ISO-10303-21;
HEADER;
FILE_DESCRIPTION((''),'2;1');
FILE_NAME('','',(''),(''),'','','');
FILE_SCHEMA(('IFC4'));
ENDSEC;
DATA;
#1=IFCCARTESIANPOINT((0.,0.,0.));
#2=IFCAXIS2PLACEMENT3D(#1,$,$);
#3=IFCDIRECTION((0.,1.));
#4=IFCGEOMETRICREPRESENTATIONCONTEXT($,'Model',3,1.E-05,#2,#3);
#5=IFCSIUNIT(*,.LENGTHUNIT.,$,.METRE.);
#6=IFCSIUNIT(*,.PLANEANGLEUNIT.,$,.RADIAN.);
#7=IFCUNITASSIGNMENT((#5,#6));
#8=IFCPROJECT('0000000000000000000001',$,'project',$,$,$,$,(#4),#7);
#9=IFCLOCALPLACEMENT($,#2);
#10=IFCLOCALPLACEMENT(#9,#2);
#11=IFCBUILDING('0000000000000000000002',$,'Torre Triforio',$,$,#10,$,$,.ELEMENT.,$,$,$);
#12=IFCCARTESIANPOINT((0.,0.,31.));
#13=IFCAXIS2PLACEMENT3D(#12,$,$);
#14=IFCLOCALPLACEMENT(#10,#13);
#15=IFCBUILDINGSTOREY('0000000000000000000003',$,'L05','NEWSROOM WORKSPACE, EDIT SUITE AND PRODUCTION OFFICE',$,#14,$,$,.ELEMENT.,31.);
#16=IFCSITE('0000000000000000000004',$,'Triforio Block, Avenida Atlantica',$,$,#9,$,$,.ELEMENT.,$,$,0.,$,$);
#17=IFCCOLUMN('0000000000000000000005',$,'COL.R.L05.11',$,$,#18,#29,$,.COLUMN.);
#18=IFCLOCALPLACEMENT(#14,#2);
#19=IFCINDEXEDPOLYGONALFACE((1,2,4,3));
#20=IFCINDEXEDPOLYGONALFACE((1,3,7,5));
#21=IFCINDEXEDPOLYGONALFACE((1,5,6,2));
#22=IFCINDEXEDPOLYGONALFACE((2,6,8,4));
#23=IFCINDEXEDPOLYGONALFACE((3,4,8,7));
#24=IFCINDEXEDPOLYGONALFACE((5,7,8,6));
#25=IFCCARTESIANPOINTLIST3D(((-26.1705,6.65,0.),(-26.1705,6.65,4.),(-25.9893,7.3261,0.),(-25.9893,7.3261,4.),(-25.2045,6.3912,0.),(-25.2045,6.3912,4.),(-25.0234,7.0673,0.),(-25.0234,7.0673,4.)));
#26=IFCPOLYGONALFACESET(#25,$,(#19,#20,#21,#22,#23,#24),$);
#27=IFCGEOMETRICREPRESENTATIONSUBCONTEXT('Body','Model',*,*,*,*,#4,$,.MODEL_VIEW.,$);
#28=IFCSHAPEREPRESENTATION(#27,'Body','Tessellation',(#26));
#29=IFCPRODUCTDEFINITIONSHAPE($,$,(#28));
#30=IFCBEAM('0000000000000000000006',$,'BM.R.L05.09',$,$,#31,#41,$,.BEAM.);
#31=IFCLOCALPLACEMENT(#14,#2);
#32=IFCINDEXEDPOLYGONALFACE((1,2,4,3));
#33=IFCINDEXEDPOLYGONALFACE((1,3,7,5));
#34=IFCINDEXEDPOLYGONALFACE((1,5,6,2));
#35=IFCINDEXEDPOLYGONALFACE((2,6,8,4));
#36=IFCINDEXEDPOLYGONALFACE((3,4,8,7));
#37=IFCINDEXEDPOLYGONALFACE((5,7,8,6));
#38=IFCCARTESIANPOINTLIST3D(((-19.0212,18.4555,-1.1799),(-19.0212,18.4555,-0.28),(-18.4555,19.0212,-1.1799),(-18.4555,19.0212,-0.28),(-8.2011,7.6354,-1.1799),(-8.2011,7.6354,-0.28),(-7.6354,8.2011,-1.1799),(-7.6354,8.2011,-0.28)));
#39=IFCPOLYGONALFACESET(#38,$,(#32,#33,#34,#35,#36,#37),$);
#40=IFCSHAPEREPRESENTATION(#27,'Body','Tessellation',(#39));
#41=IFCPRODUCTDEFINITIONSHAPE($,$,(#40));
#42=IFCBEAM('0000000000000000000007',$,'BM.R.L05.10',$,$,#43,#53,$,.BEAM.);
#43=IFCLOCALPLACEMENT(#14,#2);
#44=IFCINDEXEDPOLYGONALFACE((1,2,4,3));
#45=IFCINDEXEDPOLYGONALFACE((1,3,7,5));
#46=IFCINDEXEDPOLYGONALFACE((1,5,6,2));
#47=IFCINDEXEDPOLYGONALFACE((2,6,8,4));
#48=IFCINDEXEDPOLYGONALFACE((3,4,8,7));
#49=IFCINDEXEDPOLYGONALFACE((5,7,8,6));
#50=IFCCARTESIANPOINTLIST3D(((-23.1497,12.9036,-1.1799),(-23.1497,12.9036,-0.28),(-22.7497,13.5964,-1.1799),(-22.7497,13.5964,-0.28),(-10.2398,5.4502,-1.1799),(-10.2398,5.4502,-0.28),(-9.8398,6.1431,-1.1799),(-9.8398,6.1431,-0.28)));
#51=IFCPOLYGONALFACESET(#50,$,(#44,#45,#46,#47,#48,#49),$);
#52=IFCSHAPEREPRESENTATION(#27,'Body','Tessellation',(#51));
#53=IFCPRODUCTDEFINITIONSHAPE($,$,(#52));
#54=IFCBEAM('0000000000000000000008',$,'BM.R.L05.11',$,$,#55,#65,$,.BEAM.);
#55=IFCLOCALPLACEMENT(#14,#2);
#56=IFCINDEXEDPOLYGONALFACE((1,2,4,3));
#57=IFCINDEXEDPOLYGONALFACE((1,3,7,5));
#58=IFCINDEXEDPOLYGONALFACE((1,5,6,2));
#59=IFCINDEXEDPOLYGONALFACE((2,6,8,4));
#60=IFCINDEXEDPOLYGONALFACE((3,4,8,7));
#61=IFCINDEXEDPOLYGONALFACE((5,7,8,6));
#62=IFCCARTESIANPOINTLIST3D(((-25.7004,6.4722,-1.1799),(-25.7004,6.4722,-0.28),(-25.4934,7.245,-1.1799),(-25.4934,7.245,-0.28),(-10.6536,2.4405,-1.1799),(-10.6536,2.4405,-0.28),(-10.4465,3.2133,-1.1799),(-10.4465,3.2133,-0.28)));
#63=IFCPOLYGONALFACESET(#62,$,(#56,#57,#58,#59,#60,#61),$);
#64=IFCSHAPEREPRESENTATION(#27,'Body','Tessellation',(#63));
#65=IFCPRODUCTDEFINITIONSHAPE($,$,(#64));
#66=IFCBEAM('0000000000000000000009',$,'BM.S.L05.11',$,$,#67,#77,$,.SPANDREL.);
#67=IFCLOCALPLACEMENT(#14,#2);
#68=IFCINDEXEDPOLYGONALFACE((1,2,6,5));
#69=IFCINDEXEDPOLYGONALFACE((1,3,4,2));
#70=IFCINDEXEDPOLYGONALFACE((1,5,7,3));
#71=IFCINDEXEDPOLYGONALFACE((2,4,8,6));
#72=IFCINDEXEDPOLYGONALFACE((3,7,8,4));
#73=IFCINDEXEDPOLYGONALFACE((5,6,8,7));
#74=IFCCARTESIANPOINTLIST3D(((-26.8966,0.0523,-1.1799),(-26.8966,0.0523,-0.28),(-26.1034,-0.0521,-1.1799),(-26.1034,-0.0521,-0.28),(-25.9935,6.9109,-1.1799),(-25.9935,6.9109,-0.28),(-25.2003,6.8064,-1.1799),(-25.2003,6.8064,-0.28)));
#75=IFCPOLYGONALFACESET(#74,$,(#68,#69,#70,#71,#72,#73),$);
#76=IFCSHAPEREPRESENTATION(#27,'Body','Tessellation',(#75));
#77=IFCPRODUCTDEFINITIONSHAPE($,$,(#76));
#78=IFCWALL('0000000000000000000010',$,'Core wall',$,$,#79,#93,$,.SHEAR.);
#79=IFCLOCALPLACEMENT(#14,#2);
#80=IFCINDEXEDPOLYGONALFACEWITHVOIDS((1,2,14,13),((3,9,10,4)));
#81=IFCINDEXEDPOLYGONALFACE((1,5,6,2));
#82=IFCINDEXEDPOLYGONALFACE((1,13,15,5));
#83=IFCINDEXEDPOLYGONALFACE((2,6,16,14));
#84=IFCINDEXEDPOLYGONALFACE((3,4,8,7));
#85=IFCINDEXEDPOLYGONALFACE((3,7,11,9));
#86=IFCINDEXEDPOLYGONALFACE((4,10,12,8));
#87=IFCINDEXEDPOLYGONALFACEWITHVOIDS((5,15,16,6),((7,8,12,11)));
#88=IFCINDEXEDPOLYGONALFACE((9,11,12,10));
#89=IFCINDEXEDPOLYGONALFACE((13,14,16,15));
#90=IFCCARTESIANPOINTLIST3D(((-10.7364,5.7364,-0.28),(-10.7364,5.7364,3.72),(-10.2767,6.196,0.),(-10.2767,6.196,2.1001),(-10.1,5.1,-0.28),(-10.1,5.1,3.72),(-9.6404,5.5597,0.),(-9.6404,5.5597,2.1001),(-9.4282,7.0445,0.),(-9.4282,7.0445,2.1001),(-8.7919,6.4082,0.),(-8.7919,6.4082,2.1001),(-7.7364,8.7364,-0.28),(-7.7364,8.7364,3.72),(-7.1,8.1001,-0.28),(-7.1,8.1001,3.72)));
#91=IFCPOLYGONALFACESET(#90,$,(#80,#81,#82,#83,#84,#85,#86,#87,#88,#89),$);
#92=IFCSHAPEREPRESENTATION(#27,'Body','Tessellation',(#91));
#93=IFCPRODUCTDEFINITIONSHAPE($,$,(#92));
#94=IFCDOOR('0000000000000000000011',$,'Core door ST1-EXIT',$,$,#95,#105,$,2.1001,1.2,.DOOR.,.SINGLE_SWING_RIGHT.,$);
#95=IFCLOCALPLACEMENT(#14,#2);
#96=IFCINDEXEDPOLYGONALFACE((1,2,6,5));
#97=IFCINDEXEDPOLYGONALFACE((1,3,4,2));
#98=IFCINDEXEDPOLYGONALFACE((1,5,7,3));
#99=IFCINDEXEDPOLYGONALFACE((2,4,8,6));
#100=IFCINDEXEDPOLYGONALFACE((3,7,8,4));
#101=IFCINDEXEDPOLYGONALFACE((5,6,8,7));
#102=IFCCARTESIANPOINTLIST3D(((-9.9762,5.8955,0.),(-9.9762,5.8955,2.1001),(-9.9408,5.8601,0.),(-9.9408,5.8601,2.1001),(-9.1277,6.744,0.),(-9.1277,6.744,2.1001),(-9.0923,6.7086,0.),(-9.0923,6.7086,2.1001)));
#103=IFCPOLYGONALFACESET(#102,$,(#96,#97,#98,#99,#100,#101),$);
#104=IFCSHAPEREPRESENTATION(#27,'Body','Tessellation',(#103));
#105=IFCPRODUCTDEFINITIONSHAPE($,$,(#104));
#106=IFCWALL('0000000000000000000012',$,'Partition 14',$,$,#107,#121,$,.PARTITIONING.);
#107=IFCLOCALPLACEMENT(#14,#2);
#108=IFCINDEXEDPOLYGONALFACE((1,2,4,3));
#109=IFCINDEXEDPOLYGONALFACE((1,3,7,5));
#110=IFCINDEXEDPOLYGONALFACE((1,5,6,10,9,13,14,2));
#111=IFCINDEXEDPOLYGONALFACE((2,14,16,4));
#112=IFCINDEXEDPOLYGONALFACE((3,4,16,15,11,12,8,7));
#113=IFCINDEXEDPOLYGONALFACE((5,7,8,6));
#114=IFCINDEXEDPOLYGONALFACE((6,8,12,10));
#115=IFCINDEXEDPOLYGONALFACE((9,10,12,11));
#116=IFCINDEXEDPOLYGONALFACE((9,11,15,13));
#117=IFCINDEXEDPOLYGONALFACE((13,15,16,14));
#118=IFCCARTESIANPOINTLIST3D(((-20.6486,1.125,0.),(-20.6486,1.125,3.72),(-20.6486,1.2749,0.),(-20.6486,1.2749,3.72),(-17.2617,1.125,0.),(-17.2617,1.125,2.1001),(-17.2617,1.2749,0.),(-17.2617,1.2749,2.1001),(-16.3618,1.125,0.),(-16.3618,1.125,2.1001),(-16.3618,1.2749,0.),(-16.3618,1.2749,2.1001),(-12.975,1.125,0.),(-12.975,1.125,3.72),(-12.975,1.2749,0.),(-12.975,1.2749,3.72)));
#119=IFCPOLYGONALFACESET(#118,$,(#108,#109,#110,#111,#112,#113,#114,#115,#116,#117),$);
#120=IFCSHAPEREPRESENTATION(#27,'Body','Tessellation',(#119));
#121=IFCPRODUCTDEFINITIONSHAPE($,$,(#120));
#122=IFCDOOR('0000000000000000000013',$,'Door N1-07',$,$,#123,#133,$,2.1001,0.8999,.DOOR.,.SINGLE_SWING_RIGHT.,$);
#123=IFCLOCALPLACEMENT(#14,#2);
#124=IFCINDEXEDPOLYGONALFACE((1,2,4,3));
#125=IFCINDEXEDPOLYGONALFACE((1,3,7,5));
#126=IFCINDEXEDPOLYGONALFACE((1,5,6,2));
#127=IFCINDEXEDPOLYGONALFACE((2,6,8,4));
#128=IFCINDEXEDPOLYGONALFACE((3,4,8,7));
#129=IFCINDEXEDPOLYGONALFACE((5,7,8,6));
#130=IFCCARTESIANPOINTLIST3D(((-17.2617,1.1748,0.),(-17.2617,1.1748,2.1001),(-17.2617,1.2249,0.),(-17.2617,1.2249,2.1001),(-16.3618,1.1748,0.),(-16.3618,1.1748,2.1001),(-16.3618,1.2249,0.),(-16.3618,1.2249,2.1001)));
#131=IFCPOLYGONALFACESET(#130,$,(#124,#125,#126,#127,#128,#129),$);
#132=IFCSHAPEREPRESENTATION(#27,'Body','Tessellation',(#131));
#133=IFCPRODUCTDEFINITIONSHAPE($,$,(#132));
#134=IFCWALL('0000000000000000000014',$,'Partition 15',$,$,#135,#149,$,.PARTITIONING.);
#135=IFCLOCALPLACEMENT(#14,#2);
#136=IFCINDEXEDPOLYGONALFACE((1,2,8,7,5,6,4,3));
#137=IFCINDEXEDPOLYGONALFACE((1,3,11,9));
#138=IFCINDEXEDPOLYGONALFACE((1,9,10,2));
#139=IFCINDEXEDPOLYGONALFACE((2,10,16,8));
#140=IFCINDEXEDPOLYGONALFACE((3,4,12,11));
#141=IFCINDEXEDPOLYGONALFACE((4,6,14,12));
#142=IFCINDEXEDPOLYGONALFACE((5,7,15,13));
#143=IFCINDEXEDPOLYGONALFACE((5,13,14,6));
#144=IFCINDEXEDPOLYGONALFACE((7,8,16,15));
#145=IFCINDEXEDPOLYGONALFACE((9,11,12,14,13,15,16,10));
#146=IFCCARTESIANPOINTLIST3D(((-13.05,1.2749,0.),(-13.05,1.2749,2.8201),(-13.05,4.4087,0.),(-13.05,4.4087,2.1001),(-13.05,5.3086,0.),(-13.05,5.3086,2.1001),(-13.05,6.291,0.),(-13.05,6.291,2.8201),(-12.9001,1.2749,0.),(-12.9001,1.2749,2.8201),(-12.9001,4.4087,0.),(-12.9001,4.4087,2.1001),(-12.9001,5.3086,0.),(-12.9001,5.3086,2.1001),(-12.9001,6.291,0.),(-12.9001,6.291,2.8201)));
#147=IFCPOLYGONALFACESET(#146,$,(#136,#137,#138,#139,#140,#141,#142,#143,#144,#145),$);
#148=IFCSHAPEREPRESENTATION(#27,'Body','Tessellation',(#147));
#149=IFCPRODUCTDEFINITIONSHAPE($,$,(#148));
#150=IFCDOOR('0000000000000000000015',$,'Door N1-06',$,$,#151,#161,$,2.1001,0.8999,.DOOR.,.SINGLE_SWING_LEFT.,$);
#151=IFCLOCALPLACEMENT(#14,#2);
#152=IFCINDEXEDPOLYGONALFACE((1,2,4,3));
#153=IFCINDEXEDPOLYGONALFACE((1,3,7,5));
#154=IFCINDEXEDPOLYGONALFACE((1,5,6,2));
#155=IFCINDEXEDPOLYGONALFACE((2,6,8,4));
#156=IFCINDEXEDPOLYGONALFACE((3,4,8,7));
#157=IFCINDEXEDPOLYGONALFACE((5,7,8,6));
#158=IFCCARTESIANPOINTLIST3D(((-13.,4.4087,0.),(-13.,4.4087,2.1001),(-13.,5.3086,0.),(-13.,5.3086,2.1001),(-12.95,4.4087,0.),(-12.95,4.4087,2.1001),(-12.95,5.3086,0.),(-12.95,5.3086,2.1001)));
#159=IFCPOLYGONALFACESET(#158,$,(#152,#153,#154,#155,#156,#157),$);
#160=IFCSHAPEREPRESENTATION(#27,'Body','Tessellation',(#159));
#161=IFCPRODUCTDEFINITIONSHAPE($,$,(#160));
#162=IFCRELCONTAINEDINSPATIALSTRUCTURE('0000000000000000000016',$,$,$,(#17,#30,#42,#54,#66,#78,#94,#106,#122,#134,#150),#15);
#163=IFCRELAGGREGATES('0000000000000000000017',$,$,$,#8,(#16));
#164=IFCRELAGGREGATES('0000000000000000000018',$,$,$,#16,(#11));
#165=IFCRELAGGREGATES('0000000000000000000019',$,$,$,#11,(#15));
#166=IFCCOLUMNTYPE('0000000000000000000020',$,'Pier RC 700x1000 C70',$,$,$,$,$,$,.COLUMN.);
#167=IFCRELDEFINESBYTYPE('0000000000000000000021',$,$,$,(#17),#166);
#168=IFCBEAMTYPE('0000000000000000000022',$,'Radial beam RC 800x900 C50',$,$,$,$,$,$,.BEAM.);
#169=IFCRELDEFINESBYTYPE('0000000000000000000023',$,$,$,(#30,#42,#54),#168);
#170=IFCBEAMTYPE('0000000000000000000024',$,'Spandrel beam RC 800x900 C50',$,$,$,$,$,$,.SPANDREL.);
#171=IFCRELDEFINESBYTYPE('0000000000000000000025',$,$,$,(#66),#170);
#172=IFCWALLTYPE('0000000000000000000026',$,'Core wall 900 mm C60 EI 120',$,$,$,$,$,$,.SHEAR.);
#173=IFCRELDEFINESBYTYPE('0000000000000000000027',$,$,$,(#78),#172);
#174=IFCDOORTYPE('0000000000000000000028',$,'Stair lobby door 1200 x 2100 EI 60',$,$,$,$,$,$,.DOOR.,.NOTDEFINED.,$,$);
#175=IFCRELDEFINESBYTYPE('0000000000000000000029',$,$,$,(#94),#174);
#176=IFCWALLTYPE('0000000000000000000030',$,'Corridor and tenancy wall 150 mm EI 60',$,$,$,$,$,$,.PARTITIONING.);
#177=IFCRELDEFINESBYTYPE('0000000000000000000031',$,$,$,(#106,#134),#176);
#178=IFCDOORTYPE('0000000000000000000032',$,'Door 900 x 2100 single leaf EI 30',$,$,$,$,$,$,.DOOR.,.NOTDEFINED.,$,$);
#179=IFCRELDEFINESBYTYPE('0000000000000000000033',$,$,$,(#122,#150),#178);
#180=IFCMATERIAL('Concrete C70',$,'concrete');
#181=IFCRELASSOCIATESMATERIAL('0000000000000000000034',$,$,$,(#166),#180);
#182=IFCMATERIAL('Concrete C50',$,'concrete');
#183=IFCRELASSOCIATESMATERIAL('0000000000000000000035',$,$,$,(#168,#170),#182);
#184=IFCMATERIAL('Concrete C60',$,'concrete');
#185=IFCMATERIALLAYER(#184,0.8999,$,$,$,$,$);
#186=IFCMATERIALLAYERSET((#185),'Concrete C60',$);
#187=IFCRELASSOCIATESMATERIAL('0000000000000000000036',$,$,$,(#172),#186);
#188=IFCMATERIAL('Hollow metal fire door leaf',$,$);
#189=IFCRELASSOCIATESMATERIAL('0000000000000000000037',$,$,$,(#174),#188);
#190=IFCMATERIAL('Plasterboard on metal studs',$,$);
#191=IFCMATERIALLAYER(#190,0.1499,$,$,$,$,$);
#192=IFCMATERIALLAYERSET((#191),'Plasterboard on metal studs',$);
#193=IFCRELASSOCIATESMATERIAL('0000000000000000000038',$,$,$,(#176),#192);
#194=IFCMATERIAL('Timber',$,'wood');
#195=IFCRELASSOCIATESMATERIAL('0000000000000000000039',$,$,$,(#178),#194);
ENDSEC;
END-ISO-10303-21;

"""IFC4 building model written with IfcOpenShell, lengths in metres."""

from ifc_helpers import new_model, si_unit, direction, frame, frame_2d, origin, origin_2d, place, context, subcontext, project, spatial, rectangle, extrude, material, layer, layer_set, material_profile, profile_set, type_object, element, fill, save


model = new_model("IFC4")

# Units and contexts
model_context = context("Model", 3, precision=1e-05, world=origin(), true_north=direction((0.0, 1.0)))
body_context = subcontext(model_context, "Body", "Model", "MODEL_VIEW")
ifc_project = project(units=[si_unit("LENGTHUNIT", "METRE"), si_unit("PLANEANGLEUNIT", "RADIAN")], contexts=[model_context])

# Site, building, storey
site_placement = place(None, origin())
site = spatial("IfcSite", under=ifc_project, at=site_placement, Name="Triforio Block, Avenida Atlantica", CompositionType="ELEMENT", RefElevation=0.0)
building_placement = place(site_placement, origin())
building = spatial("IfcBuilding", under=site, at=building_placement, Name="Torre Triforio", CompositionType="ELEMENT")
storey_placement = place(building_placement, frame((0.0, 0.0, 31.0)))
storey = spatial("IfcBuildingStorey", under=building, at=storey_placement, Name="L05", Description="NEWSROOM WORKSPACE, EDIT SUITE AND PRODUCTION OFFICE", CompositionType="ELEMENT", Elevation=31.0)

# Column
ifc_material_1 = material(Name="Concrete C70", Category="concrete")
ifc_material_profile_1 = material_profile(ifc_material_1, rectangle(XDim=0.7, YDim=1.0, at=origin_2d()), Name="RC 700x1000")
ifc_profile_set_1 = profile_set([ifc_material_profile_1], Name="Concrete C70")
column_type = type_object("IfcColumnType", Name="Pier RC 700x1000 C70", PredefinedType="COLUMN", material=ifc_profile_set_1)
column_placement = place(storey_placement, frame((-25.5969, 6.8586, 0.0), z_axis=(0.0, 0.0, 1.0), x_axis=(-0.258819, -0.965926, 0.0)))
element("IfcColumn", 1, at=column_placement, inside=storey, type_object=column_type, Name="COL.R.L05.11", PredefinedType="COLUMN", context=body_context, shape_type="SweptSolid", body=[
    extrude(rectangle(XDim=0.7, YDim=1.0, at=origin_2d()), origin(), (0.0, 0.0, 1.0), 4.0),
])

# Beams
ifc_material_2 = material(Name="Concrete C50", Category="concrete")
ifc_material_profile_2 = material_profile(ifc_material_2, rectangle(XDim=0.8, YDim=0.8999, at=origin_2d()), Name="RC 800x900")
ifc_profile_set_2 = profile_set([ifc_material_profile_2], Name="Concrete C50")
beam_type_1 = type_object("IfcBeamType", Name="Radial beam RC 800x900 C50", PredefinedType="BEAM", material=ifc_profile_set_2)
beam_1_placement = place(storey_placement, frame((-7.9182, 7.9182, -0.73), z_axis=(-0.707107, 0.707107, 0.0), x_axis=(-0.707107, -0.707107, 0.0)))
element("IfcBeam", 2, at=beam_1_placement, inside=storey, type_object=beam_type_1, Name="BM.R.L05.09", PredefinedType="BEAM", context=body_context, shape_type="SweptSolid", body=[
    extrude(rectangle(XDim=0.8, YDim=0.8999, at=origin_2d()), origin(), (0.0, 0.0, 1.0), 15.302),
])
beam_2_placement = place(storey_placement, frame((-10.0398, 5.7966, -0.73), z_axis=(-0.86603, 0.499991, 0.0), x_axis=(-0.499991, -0.86603, 0.0)))
element("IfcBeam", 3, at=beam_2_placement, inside=storey, type_object=beam_type_1, Name="BM.R.L05.10", PredefinedType="BEAM", context=body_context, shape_type="SweptSolid", body=[
    extrude(rectangle(XDim=0.8, YDim=0.8999, at=origin_2d()), origin(), (0.0, 0.0, 1.0), 14.907),
])
beam_3_placement = place(storey_placement, frame((-10.55, 2.8269, -0.73), z_axis=(-0.965927, 0.258815, 0.0), x_axis=(-0.258815, -0.965927, 0.0)))
element("IfcBeam", 4, at=beam_3_placement, inside=storey, type_object=beam_type_1, Name="BM.R.L05.11", PredefinedType="BEAM", context=body_context, shape_type="SweptSolid", body=[
    extrude(rectangle(XDim=0.8, YDim=0.8999, at=origin_2d()), origin(), (0.0, 0.0, 1.0), 15.5776),
])
ifc_material_profile_3 = material_profile(ifc_material_2, rectangle(XDim=0.8, YDim=0.8999, at=origin_2d()), Name="RC 800x900")
ifc_profile_set_3 = profile_set([ifc_material_profile_3], Name="Concrete C50")
beam_type_2 = type_object("IfcBeamType", Name="Spandrel beam RC 800x900 C50", PredefinedType="SPANDREL", material=ifc_profile_set_3)
beam_4_placement = place(storey_placement, frame((-25.5969, 6.8586, -0.73), z_axis=(-0.130543, -0.991443, 0.0), x_axis=(0.991443, -0.130543, 0.0)))
element("IfcBeam", 5, at=beam_4_placement, inside=storey, type_object=beam_type_2, Name="BM.S.L05.11", PredefinedType="SPANDREL", context=body_context, shape_type="SweptSolid", body=[
    extrude(rectangle(XDim=0.8, YDim=0.8999, at=origin_2d()), origin(), (0.0, 0.0, 1.0), 6.9177),
])

# Walls, openings, doors
ifc_material_3 = material(Name="Concrete C60", Category="concrete")
ifc_layer_1 = layer(ifc_material_3, 0.8999)
ifc_layer_set_1 = layer_set([ifc_layer_1], Name="Concrete C60")
wall_type_1 = type_object("IfcWallType", Name="Core wall 900 mm C60 EI 120", PredefinedType="SHEAR", material=ifc_layer_set_1)
wall_1_placement = place(storey_placement, frame((-10.4182, 5.4182, -0.28), z_axis=(0.0, 0.0, 1.0), x_axis=(0.707107, 0.707107, 0.0)))
wall_1 = element("IfcWall", 6, at=wall_1_placement, inside=storey, type_object=wall_type_1, Name="Core wall", PredefinedType="SHEAR", context=body_context, shape_type="SweptSolid", body=[
    extrude(rectangle(XDim=4.2427, YDim=0.8999, at=frame_2d((2.1213, 0.0))), origin(), (0.0, 0.0, 1.0), 4.0),
])
opening_1_placement = place(wall_1_placement, frame((0.6499, 0.0, 0.28)))
opening_1 = element("IfcOpeningElement", 7, at=opening_1_placement, cuts=wall_1, PredefinedType="OPENING", context=body_context, shape_type="SweptSolid", body=[
    extrude(rectangle(XDim=1.2, YDim=2.1001, at=frame_2d((0.6001, 1.05))), frame((0.0, 0.46, 0.0), z_axis=(0.0, -1.0, 0.0), x_axis=(1.0, 0.0, 0.0)), (0.0, 0.0, 1.0), 0.9199),
])
ifc_material_4 = material(Name="Hollow metal fire door leaf")
door_type_1 = type_object("IfcDoorType", Name="Stair lobby door 1200 x 2100 EI 60", OperationType="NOTDEFINED", PredefinedType="DOOR", material=ifc_material_4)
door_1_placement = place(opening_1_placement, origin())
door_1 = element("IfcDoor", 8, at=door_1_placement, inside=storey, type_object=door_type_1, Name="Core door ST1-EXIT", OperationType="SINGLE_SWING_RIGHT", OverallHeight=2.1001, OverallWidth=1.2, PredefinedType="DOOR", context=body_context, shape_type="SweptSolid", body=[
    extrude(rectangle(XDim=1.2, YDim=2.1001, at=frame_2d((0.6001, 1.05))), frame((0.0, 0.0249, 0.0), z_axis=(0.0, -1.0, 0.0), x_axis=(1.0, 0.0, 0.0)), (0.0, 0.0, 1.0), 0.05),
])
fill(opening_1, door_1)
ifc_material_5 = material(Name="Plasterboard on metal studs")
ifc_layer_2 = layer(ifc_material_5, 0.1499)
ifc_layer_set_2 = layer_set([ifc_layer_2], Name="Plasterboard on metal studs")
wall_type_2 = type_object("IfcWallType", Name="Corridor and tenancy wall 150 mm EI 60", PredefinedType="PARTITIONING", material=ifc_layer_set_2)
wall_2_placement = place(storey_placement, frame((-20.6487, 1.2, 0.0), z_axis=(0.0, 0.0, 1.0), x_axis=(1.0, 0.0, 0.0)))
wall_2 = element("IfcWall", 9, at=wall_2_placement, inside=storey, type_object=wall_type_2, Name="Partition 14", PredefinedType="PARTITIONING", context=body_context, shape_type="SweptSolid", body=[
    extrude(rectangle(XDim=7.6736, YDim=0.1499, at=frame_2d((3.8369, 0.0))), origin(), (0.0, 0.0, 1.0), 3.72),
])
opening_2_placement = place(wall_2_placement, frame((3.387, 0.0, 0.0)))
opening_2 = element("IfcOpeningElement", 10, at=opening_2_placement, cuts=wall_2, PredefinedType="OPENING", context=body_context, shape_type="SweptSolid", body=[
    extrude(rectangle(XDim=0.8999, YDim=2.1001, at=frame_2d((0.45, 1.05))), frame((0.0, 0.085, 0.0), z_axis=(0.0, -1.0, 0.0), x_axis=(1.0, 0.0, 0.0)), (0.0, 0.0, 1.0), 0.1699),
])
ifc_material_6 = material(Name="Timber", Category="wood")
door_type_2 = type_object("IfcDoorType", Name="Door 900 x 2100 single leaf EI 30", OperationType="NOTDEFINED", PredefinedType="DOOR", material=ifc_material_6)
door_2_placement = place(opening_2_placement, origin())
door_2 = element("IfcDoor", 11, at=door_2_placement, inside=storey, type_object=door_type_2, Name="Door N1-07", OperationType="SINGLE_SWING_RIGHT", OverallHeight=2.1001, OverallWidth=0.8999, PredefinedType="DOOR", context=body_context, shape_type="SweptSolid", body=[
    extrude(rectangle(XDim=0.8999, YDim=2.1001, at=frame_2d((0.45, 1.05))), frame((0.0, 0.0249, 0.0), z_axis=(0.0, -1.0, 0.0), x_axis=(1.0, 0.0, 0.0)), (0.0, 0.0, 1.0), 0.05),
])
fill(opening_2, door_2)
wall_3_placement = place(storey_placement, frame((-12.9751, 1.2749, 0.0), z_axis=(0.0, 0.0, 1.0), x_axis=(0.0, 1.0, 0.0)))
wall_3 = element("IfcWall", 12, at=wall_3_placement, inside=storey, type_object=wall_type_2, Name="Partition 15", PredefinedType="PARTITIONING", context=body_context, shape_type="SweptSolid", body=[
    extrude(rectangle(XDim=5.0161, YDim=0.1499, at=frame_2d((2.5081, 0.0))), origin(), (0.0, 0.0, 1.0), 2.8201),
])
opening_3_placement = place(wall_3_placement, frame((3.1338, 0.0, 0.0)))
opening_3 = element("IfcOpeningElement", 13, at=opening_3_placement, cuts=wall_3, PredefinedType="OPENING", context=body_context, shape_type="SweptSolid", body=[
    extrude(rectangle(XDim=0.8999, YDim=2.1001, at=frame_2d((0.45, 1.05))), frame((0.0, 0.085, 0.0), z_axis=(0.0, -1.0, 0.0), x_axis=(1.0, 0.0, 0.0)), (0.0, 0.0, 1.0), 0.1699),
])
door_3_placement = place(opening_3_placement, origin())
door_3 = element("IfcDoor", 14, at=door_3_placement, inside=storey, type_object=door_type_2, Name="Door N1-06", OperationType="SINGLE_SWING_LEFT", OverallHeight=2.1001, OverallWidth=0.8999, PredefinedType="DOOR", context=body_context, shape_type="SweptSolid", body=[
    extrude(rectangle(XDim=0.8999, YDim=2.1001, at=frame_2d((0.45, 1.05))), frame((0.0, 0.0249, 0.0), z_axis=(0.0, -1.0, 0.0), x_axis=(1.0, 0.0, 0.0)), (0.0, 0.0, 1.0), 0.05),
])
fill(opening_3, door_3)

save(model, "model.ifc")
